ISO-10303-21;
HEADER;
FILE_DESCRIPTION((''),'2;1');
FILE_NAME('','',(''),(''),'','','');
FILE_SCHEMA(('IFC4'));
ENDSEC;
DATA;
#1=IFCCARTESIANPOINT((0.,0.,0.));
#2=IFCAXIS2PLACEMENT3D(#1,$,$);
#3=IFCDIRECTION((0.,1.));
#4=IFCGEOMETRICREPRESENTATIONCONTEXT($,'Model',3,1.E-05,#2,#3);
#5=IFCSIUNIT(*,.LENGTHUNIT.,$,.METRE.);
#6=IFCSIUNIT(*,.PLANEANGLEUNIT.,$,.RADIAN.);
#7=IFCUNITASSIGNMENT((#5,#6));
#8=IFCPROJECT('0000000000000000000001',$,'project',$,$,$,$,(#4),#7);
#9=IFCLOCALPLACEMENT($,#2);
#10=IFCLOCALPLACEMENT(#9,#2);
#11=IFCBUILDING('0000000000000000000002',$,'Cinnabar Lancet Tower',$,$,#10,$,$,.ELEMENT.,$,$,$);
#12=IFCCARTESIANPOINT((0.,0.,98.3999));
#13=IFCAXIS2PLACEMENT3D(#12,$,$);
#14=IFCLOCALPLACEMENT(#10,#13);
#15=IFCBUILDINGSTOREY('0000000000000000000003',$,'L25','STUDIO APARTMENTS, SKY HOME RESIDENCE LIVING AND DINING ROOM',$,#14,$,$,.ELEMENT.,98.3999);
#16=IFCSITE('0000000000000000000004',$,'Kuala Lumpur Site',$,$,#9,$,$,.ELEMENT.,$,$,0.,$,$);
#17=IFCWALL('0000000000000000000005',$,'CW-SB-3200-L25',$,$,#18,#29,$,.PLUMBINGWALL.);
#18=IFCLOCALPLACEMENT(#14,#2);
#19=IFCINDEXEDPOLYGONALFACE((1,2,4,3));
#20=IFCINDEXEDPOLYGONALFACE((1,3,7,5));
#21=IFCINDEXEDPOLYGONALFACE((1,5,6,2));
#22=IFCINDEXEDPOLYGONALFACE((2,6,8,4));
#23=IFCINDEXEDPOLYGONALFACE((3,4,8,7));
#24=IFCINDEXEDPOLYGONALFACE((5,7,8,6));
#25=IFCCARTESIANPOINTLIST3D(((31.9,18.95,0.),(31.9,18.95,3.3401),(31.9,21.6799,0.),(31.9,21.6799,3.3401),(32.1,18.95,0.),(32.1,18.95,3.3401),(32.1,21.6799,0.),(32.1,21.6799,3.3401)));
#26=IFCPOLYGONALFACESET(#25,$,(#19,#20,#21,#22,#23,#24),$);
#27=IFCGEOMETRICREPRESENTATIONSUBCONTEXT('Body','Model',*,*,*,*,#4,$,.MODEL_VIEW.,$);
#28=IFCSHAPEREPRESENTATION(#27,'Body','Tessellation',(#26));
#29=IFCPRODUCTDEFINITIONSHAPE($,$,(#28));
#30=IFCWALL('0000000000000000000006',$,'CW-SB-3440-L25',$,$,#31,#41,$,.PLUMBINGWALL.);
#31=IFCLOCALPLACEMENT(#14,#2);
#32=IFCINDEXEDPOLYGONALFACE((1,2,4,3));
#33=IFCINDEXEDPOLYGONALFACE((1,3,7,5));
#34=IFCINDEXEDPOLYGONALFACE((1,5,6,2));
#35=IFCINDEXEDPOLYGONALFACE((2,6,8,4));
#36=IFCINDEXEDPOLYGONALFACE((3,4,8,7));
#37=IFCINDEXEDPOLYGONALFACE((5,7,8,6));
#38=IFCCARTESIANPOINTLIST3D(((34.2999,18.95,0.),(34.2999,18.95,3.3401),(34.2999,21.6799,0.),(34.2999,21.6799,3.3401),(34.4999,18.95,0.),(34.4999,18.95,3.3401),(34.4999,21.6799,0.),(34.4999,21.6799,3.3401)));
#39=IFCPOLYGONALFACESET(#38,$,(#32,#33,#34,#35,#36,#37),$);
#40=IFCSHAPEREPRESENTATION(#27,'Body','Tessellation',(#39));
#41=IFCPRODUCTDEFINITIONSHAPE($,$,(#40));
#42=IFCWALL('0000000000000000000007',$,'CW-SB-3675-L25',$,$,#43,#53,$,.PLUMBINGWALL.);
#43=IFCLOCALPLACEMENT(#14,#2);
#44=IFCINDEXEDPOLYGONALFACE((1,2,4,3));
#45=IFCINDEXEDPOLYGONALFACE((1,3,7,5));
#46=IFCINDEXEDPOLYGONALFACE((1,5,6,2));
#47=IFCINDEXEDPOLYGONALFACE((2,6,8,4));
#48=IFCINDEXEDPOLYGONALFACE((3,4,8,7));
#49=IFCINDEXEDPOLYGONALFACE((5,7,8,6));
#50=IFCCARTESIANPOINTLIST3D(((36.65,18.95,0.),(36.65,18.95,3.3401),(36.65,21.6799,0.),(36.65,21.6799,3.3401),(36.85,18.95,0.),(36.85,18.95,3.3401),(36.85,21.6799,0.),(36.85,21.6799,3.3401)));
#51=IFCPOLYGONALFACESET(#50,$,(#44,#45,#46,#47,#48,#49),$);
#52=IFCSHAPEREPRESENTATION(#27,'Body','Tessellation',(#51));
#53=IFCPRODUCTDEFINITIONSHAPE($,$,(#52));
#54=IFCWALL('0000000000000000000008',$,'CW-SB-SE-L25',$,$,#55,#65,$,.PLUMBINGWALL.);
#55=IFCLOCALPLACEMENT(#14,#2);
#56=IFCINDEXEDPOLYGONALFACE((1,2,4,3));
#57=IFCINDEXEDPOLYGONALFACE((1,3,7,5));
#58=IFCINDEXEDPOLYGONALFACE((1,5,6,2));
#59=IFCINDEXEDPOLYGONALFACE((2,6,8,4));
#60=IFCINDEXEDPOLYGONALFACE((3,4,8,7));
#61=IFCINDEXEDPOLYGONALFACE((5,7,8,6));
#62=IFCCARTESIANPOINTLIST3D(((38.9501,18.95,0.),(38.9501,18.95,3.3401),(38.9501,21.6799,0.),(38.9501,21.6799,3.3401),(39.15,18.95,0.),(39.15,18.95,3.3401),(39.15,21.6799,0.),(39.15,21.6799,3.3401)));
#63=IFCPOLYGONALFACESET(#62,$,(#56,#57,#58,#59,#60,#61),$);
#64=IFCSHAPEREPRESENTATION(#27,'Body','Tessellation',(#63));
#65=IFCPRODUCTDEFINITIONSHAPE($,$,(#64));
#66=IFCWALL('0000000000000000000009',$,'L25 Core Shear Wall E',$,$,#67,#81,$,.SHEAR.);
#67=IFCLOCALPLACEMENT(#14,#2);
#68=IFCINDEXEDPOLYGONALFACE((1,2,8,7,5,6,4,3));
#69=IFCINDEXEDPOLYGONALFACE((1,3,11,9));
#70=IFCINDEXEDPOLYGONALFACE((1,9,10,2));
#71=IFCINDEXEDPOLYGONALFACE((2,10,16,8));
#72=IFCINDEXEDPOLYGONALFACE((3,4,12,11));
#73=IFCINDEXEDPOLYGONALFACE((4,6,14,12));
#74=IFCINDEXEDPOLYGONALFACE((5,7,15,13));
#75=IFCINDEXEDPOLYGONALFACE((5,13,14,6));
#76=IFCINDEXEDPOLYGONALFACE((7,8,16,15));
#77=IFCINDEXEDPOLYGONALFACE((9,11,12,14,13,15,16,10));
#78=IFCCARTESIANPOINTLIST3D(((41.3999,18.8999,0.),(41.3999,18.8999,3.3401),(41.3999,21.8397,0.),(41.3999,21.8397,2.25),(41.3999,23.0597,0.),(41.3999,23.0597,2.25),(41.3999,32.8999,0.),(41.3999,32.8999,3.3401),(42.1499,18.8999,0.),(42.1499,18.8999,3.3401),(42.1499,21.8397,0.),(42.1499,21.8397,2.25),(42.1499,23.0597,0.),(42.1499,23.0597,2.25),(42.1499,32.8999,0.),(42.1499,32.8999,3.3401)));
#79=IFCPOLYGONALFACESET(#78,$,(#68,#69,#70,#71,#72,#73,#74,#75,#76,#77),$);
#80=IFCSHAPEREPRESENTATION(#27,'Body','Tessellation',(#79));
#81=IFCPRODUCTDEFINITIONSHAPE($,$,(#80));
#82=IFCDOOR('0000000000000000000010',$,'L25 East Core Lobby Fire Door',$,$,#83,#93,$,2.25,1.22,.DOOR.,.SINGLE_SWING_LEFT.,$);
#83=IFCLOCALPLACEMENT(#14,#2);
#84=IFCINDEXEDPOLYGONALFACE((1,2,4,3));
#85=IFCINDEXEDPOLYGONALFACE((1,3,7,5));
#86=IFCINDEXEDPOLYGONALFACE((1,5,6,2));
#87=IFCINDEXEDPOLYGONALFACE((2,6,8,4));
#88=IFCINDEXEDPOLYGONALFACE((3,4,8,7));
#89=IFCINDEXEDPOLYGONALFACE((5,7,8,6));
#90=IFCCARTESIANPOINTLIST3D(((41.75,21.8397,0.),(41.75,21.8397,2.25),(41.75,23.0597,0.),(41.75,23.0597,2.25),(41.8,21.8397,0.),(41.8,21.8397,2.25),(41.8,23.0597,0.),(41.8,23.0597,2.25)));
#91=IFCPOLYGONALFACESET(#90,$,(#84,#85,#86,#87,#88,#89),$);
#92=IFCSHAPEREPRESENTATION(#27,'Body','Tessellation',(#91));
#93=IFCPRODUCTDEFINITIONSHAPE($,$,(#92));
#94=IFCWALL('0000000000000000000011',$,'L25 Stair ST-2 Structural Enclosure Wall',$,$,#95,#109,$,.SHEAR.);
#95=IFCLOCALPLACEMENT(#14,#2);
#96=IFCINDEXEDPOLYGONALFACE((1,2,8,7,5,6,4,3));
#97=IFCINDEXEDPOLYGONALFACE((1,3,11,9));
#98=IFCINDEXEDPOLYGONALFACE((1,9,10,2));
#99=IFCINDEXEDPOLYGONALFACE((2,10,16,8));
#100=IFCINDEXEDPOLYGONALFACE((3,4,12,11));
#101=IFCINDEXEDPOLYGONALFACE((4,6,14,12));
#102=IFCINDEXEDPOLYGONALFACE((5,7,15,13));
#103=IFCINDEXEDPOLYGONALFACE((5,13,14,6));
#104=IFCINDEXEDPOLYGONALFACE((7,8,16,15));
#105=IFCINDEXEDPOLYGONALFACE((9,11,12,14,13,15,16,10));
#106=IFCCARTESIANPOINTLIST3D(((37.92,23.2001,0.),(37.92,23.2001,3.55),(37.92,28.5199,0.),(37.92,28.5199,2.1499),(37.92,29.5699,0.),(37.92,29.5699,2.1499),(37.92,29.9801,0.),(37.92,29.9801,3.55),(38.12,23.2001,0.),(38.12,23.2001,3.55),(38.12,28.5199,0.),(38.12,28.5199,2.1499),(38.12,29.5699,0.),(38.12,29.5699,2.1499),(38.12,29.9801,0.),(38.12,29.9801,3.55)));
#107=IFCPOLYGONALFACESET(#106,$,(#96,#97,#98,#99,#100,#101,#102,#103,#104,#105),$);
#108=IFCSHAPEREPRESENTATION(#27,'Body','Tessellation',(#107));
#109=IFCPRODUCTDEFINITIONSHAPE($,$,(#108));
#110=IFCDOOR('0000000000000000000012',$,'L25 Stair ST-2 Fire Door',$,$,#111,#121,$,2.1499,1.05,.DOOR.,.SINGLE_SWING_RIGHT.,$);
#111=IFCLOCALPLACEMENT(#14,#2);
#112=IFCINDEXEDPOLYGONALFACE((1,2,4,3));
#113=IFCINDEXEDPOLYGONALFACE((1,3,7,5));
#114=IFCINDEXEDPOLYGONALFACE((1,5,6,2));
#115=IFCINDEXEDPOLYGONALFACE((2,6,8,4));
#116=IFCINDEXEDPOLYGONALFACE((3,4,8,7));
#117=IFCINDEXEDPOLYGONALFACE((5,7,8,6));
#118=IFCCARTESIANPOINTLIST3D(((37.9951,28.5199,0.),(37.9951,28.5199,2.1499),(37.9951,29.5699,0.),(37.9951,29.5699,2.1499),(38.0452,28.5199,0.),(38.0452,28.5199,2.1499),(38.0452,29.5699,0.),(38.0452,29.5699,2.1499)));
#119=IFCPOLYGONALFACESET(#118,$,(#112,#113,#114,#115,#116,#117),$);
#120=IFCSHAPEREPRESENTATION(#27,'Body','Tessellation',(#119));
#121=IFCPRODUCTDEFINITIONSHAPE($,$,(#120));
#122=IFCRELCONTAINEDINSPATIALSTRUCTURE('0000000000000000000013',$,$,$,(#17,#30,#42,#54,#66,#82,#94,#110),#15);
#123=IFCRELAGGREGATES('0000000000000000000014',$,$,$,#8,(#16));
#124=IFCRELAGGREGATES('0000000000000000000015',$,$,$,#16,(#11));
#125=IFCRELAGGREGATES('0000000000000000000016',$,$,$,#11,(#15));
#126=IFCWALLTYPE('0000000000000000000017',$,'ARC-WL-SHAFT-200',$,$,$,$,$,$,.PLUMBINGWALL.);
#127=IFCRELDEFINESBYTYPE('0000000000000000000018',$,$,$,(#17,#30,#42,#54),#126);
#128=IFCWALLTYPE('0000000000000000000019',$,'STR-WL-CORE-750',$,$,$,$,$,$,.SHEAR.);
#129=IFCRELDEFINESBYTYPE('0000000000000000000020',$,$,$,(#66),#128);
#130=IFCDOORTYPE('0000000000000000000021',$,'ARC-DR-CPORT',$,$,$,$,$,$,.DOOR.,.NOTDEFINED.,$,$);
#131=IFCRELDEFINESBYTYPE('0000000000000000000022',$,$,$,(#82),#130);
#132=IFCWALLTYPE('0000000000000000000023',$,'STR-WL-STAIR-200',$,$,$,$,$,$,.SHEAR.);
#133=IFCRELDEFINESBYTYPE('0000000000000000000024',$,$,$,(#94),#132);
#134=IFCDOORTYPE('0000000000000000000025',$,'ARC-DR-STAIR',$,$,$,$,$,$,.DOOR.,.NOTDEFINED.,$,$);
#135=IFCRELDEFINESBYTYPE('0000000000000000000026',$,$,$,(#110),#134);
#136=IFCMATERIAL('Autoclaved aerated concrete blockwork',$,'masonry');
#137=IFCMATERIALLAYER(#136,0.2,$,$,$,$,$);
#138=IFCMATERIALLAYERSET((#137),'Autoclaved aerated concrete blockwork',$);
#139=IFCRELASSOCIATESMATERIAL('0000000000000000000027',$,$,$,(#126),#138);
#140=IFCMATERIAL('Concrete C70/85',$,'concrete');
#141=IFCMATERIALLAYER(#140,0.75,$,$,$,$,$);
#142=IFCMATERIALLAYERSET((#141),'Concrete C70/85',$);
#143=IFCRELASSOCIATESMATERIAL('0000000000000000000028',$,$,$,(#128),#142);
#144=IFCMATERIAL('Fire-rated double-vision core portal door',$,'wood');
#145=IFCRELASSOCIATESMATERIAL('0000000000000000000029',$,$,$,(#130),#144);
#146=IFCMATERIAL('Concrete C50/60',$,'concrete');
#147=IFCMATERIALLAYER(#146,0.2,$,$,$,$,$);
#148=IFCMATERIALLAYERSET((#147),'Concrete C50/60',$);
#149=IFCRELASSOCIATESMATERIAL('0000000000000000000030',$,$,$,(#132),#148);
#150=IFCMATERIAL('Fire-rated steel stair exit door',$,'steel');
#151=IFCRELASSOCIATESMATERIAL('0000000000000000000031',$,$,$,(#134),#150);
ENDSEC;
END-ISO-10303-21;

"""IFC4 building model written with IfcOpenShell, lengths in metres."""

from ifc_helpers import new_model, si_unit, direction, frame, frame_2d, origin, place, context, subcontext, project, spatial, rectangle, extrude, material, layer, layer_set, type_object, element, fill, save


model = new_model("IFC4")

# Units and contexts
model_context = context("Model", 3, precision=1e-05, world=origin(), true_north=direction((0.0, 1.0)))
body_context = subcontext(model_context, "Body", "Model", "MODEL_VIEW")
ifc_project = project(units=[si_unit("LENGTHUNIT", "METRE"), si_unit("PLANEANGLEUNIT", "RADIAN")], contexts=[model_context])

# Site, building, storey
site_placement = place(None, origin())
site = spatial("IfcSite", under=ifc_project, at=site_placement, Name="Kuala Lumpur Site", CompositionType="ELEMENT", RefElevation=0.0)
building_placement = place(site_placement, origin())
building = spatial("IfcBuilding", under=site, at=building_placement, Name="Cinnabar Lancet Tower", CompositionType="ELEMENT")
storey_placement = place(building_placement, frame((0.0, 0.0, 98.3999)))
storey = spatial("IfcBuildingStorey", under=building, at=storey_placement, Name="L25", Description="STUDIO APARTMENTS, SKY HOME RESIDENCE LIVING AND DINING ROOM", CompositionType="ELEMENT", Elevation=98.3999)

# Shared definitions
ifc_material_1 = material(Name="Autoclaved aerated concrete blockwork", Category="masonry")
ifc_layer_1 = layer(ifc_material_1, 0.2)
ifc_layer_set_1 = layer_set([ifc_layer_1], Name="Autoclaved aerated concrete blockwork")
wall_type_1 = type_object("IfcWallType", Name="ARC-WL-SHAFT-200", PredefinedType="PLUMBINGWALL", material=ifc_layer_set_1)

# Walls
for number, where, z_axis, x_axis, name in (
    (1, (32.0, 18.95, 0.0), (0.0, 0.0, 1.0), (0.0, 1.0, 0.0), "CW-SB-3200-L25"),
    (2, (34.3999, 18.95, 0.0), (0.0, 0.0, 1.0), (0.0, 1.0, 0.0), "CW-SB-3440-L25"),
    (3, (36.75, 18.95, 0.0), (0.0, 0.0, 1.0), (0.0, 1.0, 0.0), "CW-SB-3675-L25"),
    (4, (39.05, 18.95, 0.0), (0.0, 0.0, 1.0), (0.0, 1.0, 0.0), "CW-SB-SE-L25"),
):
    element("IfcWall", number, at=place(storey_placement, frame(where, z_axis=z_axis, x_axis=x_axis)), inside=storey, type_object=wall_type_1, Name=name, PredefinedType="PLUMBINGWALL", context=body_context, shape_type="SweptSolid", body=[
        extrude(rectangle(XDim=2.73, YDim=0.2, at=frame_2d((1.365, 0.0))), origin(), (0.0, 0.0, 1.0), 3.3401),
    ])

# Walls, openings, doors
ifc_material_2 = material(Name="Concrete C70/85", Category="concrete")
ifc_layer_2 = layer(ifc_material_2, 0.75)
ifc_layer_set_2 = layer_set([ifc_layer_2], Name="Concrete C70/85")
wall_type_2 = type_object("IfcWallType", Name="STR-WL-CORE-750", PredefinedType="SHEAR", material=ifc_layer_set_2)
wall_1_placement = place(storey_placement, frame((41.7749, 18.8999, 0.0), z_axis=(0.0, 0.0, 1.0), x_axis=(0.0, 1.0, 0.0)))
wall_1 = element("IfcWall", 5, at=wall_1_placement, inside=storey, type_object=wall_type_2, Name="L25 Core Shear Wall E", PredefinedType="SHEAR", context=body_context, shape_type="SweptSolid", body=[
    extrude(rectangle(XDim=14.0, YDim=0.75, at=frame_2d((7.0, 0.0))), origin(), (0.0, 0.0, 1.0), 3.3401),
])
opening_1_placement = place(wall_1_placement, frame((2.9399, 0.0, 0.0)))
opening_1 = element("IfcOpeningElement", 6, at=opening_1_placement, cuts=wall_1, PredefinedType="OPENING", context=body_context, shape_type="SweptSolid", body=[
    extrude(rectangle(XDim=1.22, YDim=2.25, at=frame_2d((0.6099, 1.125))), frame((0.0, 0.385, 0.0), z_axis=(0.0, -1.0, 0.0), x_axis=(1.0, 0.0, 0.0)), (0.0, 0.0, 1.0), 0.77),
])
ifc_material_3 = material(Name="Fire-rated double-vision core portal door", Category="wood")
door_type_1 = type_object("IfcDoorType", Name="ARC-DR-CPORT", OperationType="NOTDEFINED", PredefinedType="DOOR", material=ifc_material_3)
door_1_placement = place(opening_1_placement, origin())
door_1 = element("IfcDoor", 7, at=door_1_placement, inside=storey, type_object=door_type_1, Name="L25 East Core Lobby Fire Door", OperationType="SINGLE_SWING_LEFT", OverallHeight=2.25, OverallWidth=1.22, PredefinedType="DOOR", context=body_context, shape_type="SweptSolid", body=[
    extrude(rectangle(XDim=1.22, YDim=2.25, at=frame_2d((0.6099, 1.125))), frame((0.0, 0.0249, 0.0), z_axis=(0.0, -1.0, 0.0), x_axis=(1.0, 0.0, 0.0)), (0.0, 0.0, 1.0), 0.05),
])
fill(opening_1, door_1)
ifc_material_4 = material(Name="Concrete C50/60", Category="concrete")
ifc_layer_3 = layer(ifc_material_4, 0.2)
ifc_layer_set_3 = layer_set([ifc_layer_3], Name="Concrete C50/60")
wall_type_3 = type_object("IfcWallType", Name="STR-WL-STAIR-200", PredefinedType="SHEAR", material=ifc_layer_set_3)
wall_2_placement = place(storey_placement, frame((38.02, 23.2, 0.0), z_axis=(0.0, 0.0, 1.0), x_axis=(0.0, 1.0, 0.0)))
wall_2 = element("IfcWall", 8, at=wall_2_placement, inside=storey, type_object=wall_type_3, Name="L25 Stair ST-2 Structural Enclosure Wall", PredefinedType="SHEAR", context=body_context, shape_type="SweptSolid", body=[
    extrude(rectangle(XDim=6.78, YDim=0.2, at=frame_2d((3.3901, 0.0))), origin(), (0.0, 0.0, 1.0), 3.55),
])
opening_2_placement = place(wall_2_placement, frame((5.3201, 0.0, 0.0)))
opening_2 = element("IfcOpeningElement", 9, at=opening_2_placement, cuts=wall_2, PredefinedType="OPENING", context=body_context, shape_type="SweptSolid", body=[
    extrude(rectangle(XDim=1.05, YDim=2.1499, at=frame_2d((0.5249, 1.075))), frame((0.0, 0.1099, 0.0), z_axis=(0.0, -1.0, 0.0), x_axis=(1.0, 0.0, 0.0)), (0.0, 0.0, 1.0), 0.22),
])
ifc_material_5 = material(Name="Fire-rated steel stair exit door", Category="steel")
door_type_2 = type_object("IfcDoorType", Name="ARC-DR-STAIR", OperationType="NOTDEFINED", PredefinedType="DOOR", material=ifc_material_5)
door_2_placement = place(opening_2_placement, origin())
door_2 = element("IfcDoor", 10, at=door_2_placement, inside=storey, type_object=door_type_2, Name="L25 Stair ST-2 Fire Door", OperationType="SINGLE_SWING_RIGHT", OverallHeight=2.1499, OverallWidth=1.05, PredefinedType="DOOR", context=body_context, shape_type="SweptSolid", body=[
    extrude(rectangle(XDim=1.05, YDim=2.1499, at=frame_2d((0.5249, 1.075))), frame((0.0, 0.0249, 0.0), z_axis=(0.0, -1.0, 0.0), x_axis=(1.0, 0.0, 0.0)), (0.0, 0.0, 1.0), 0.05),
])
fill(opening_2, door_2)

save(model, "model.ifc")
